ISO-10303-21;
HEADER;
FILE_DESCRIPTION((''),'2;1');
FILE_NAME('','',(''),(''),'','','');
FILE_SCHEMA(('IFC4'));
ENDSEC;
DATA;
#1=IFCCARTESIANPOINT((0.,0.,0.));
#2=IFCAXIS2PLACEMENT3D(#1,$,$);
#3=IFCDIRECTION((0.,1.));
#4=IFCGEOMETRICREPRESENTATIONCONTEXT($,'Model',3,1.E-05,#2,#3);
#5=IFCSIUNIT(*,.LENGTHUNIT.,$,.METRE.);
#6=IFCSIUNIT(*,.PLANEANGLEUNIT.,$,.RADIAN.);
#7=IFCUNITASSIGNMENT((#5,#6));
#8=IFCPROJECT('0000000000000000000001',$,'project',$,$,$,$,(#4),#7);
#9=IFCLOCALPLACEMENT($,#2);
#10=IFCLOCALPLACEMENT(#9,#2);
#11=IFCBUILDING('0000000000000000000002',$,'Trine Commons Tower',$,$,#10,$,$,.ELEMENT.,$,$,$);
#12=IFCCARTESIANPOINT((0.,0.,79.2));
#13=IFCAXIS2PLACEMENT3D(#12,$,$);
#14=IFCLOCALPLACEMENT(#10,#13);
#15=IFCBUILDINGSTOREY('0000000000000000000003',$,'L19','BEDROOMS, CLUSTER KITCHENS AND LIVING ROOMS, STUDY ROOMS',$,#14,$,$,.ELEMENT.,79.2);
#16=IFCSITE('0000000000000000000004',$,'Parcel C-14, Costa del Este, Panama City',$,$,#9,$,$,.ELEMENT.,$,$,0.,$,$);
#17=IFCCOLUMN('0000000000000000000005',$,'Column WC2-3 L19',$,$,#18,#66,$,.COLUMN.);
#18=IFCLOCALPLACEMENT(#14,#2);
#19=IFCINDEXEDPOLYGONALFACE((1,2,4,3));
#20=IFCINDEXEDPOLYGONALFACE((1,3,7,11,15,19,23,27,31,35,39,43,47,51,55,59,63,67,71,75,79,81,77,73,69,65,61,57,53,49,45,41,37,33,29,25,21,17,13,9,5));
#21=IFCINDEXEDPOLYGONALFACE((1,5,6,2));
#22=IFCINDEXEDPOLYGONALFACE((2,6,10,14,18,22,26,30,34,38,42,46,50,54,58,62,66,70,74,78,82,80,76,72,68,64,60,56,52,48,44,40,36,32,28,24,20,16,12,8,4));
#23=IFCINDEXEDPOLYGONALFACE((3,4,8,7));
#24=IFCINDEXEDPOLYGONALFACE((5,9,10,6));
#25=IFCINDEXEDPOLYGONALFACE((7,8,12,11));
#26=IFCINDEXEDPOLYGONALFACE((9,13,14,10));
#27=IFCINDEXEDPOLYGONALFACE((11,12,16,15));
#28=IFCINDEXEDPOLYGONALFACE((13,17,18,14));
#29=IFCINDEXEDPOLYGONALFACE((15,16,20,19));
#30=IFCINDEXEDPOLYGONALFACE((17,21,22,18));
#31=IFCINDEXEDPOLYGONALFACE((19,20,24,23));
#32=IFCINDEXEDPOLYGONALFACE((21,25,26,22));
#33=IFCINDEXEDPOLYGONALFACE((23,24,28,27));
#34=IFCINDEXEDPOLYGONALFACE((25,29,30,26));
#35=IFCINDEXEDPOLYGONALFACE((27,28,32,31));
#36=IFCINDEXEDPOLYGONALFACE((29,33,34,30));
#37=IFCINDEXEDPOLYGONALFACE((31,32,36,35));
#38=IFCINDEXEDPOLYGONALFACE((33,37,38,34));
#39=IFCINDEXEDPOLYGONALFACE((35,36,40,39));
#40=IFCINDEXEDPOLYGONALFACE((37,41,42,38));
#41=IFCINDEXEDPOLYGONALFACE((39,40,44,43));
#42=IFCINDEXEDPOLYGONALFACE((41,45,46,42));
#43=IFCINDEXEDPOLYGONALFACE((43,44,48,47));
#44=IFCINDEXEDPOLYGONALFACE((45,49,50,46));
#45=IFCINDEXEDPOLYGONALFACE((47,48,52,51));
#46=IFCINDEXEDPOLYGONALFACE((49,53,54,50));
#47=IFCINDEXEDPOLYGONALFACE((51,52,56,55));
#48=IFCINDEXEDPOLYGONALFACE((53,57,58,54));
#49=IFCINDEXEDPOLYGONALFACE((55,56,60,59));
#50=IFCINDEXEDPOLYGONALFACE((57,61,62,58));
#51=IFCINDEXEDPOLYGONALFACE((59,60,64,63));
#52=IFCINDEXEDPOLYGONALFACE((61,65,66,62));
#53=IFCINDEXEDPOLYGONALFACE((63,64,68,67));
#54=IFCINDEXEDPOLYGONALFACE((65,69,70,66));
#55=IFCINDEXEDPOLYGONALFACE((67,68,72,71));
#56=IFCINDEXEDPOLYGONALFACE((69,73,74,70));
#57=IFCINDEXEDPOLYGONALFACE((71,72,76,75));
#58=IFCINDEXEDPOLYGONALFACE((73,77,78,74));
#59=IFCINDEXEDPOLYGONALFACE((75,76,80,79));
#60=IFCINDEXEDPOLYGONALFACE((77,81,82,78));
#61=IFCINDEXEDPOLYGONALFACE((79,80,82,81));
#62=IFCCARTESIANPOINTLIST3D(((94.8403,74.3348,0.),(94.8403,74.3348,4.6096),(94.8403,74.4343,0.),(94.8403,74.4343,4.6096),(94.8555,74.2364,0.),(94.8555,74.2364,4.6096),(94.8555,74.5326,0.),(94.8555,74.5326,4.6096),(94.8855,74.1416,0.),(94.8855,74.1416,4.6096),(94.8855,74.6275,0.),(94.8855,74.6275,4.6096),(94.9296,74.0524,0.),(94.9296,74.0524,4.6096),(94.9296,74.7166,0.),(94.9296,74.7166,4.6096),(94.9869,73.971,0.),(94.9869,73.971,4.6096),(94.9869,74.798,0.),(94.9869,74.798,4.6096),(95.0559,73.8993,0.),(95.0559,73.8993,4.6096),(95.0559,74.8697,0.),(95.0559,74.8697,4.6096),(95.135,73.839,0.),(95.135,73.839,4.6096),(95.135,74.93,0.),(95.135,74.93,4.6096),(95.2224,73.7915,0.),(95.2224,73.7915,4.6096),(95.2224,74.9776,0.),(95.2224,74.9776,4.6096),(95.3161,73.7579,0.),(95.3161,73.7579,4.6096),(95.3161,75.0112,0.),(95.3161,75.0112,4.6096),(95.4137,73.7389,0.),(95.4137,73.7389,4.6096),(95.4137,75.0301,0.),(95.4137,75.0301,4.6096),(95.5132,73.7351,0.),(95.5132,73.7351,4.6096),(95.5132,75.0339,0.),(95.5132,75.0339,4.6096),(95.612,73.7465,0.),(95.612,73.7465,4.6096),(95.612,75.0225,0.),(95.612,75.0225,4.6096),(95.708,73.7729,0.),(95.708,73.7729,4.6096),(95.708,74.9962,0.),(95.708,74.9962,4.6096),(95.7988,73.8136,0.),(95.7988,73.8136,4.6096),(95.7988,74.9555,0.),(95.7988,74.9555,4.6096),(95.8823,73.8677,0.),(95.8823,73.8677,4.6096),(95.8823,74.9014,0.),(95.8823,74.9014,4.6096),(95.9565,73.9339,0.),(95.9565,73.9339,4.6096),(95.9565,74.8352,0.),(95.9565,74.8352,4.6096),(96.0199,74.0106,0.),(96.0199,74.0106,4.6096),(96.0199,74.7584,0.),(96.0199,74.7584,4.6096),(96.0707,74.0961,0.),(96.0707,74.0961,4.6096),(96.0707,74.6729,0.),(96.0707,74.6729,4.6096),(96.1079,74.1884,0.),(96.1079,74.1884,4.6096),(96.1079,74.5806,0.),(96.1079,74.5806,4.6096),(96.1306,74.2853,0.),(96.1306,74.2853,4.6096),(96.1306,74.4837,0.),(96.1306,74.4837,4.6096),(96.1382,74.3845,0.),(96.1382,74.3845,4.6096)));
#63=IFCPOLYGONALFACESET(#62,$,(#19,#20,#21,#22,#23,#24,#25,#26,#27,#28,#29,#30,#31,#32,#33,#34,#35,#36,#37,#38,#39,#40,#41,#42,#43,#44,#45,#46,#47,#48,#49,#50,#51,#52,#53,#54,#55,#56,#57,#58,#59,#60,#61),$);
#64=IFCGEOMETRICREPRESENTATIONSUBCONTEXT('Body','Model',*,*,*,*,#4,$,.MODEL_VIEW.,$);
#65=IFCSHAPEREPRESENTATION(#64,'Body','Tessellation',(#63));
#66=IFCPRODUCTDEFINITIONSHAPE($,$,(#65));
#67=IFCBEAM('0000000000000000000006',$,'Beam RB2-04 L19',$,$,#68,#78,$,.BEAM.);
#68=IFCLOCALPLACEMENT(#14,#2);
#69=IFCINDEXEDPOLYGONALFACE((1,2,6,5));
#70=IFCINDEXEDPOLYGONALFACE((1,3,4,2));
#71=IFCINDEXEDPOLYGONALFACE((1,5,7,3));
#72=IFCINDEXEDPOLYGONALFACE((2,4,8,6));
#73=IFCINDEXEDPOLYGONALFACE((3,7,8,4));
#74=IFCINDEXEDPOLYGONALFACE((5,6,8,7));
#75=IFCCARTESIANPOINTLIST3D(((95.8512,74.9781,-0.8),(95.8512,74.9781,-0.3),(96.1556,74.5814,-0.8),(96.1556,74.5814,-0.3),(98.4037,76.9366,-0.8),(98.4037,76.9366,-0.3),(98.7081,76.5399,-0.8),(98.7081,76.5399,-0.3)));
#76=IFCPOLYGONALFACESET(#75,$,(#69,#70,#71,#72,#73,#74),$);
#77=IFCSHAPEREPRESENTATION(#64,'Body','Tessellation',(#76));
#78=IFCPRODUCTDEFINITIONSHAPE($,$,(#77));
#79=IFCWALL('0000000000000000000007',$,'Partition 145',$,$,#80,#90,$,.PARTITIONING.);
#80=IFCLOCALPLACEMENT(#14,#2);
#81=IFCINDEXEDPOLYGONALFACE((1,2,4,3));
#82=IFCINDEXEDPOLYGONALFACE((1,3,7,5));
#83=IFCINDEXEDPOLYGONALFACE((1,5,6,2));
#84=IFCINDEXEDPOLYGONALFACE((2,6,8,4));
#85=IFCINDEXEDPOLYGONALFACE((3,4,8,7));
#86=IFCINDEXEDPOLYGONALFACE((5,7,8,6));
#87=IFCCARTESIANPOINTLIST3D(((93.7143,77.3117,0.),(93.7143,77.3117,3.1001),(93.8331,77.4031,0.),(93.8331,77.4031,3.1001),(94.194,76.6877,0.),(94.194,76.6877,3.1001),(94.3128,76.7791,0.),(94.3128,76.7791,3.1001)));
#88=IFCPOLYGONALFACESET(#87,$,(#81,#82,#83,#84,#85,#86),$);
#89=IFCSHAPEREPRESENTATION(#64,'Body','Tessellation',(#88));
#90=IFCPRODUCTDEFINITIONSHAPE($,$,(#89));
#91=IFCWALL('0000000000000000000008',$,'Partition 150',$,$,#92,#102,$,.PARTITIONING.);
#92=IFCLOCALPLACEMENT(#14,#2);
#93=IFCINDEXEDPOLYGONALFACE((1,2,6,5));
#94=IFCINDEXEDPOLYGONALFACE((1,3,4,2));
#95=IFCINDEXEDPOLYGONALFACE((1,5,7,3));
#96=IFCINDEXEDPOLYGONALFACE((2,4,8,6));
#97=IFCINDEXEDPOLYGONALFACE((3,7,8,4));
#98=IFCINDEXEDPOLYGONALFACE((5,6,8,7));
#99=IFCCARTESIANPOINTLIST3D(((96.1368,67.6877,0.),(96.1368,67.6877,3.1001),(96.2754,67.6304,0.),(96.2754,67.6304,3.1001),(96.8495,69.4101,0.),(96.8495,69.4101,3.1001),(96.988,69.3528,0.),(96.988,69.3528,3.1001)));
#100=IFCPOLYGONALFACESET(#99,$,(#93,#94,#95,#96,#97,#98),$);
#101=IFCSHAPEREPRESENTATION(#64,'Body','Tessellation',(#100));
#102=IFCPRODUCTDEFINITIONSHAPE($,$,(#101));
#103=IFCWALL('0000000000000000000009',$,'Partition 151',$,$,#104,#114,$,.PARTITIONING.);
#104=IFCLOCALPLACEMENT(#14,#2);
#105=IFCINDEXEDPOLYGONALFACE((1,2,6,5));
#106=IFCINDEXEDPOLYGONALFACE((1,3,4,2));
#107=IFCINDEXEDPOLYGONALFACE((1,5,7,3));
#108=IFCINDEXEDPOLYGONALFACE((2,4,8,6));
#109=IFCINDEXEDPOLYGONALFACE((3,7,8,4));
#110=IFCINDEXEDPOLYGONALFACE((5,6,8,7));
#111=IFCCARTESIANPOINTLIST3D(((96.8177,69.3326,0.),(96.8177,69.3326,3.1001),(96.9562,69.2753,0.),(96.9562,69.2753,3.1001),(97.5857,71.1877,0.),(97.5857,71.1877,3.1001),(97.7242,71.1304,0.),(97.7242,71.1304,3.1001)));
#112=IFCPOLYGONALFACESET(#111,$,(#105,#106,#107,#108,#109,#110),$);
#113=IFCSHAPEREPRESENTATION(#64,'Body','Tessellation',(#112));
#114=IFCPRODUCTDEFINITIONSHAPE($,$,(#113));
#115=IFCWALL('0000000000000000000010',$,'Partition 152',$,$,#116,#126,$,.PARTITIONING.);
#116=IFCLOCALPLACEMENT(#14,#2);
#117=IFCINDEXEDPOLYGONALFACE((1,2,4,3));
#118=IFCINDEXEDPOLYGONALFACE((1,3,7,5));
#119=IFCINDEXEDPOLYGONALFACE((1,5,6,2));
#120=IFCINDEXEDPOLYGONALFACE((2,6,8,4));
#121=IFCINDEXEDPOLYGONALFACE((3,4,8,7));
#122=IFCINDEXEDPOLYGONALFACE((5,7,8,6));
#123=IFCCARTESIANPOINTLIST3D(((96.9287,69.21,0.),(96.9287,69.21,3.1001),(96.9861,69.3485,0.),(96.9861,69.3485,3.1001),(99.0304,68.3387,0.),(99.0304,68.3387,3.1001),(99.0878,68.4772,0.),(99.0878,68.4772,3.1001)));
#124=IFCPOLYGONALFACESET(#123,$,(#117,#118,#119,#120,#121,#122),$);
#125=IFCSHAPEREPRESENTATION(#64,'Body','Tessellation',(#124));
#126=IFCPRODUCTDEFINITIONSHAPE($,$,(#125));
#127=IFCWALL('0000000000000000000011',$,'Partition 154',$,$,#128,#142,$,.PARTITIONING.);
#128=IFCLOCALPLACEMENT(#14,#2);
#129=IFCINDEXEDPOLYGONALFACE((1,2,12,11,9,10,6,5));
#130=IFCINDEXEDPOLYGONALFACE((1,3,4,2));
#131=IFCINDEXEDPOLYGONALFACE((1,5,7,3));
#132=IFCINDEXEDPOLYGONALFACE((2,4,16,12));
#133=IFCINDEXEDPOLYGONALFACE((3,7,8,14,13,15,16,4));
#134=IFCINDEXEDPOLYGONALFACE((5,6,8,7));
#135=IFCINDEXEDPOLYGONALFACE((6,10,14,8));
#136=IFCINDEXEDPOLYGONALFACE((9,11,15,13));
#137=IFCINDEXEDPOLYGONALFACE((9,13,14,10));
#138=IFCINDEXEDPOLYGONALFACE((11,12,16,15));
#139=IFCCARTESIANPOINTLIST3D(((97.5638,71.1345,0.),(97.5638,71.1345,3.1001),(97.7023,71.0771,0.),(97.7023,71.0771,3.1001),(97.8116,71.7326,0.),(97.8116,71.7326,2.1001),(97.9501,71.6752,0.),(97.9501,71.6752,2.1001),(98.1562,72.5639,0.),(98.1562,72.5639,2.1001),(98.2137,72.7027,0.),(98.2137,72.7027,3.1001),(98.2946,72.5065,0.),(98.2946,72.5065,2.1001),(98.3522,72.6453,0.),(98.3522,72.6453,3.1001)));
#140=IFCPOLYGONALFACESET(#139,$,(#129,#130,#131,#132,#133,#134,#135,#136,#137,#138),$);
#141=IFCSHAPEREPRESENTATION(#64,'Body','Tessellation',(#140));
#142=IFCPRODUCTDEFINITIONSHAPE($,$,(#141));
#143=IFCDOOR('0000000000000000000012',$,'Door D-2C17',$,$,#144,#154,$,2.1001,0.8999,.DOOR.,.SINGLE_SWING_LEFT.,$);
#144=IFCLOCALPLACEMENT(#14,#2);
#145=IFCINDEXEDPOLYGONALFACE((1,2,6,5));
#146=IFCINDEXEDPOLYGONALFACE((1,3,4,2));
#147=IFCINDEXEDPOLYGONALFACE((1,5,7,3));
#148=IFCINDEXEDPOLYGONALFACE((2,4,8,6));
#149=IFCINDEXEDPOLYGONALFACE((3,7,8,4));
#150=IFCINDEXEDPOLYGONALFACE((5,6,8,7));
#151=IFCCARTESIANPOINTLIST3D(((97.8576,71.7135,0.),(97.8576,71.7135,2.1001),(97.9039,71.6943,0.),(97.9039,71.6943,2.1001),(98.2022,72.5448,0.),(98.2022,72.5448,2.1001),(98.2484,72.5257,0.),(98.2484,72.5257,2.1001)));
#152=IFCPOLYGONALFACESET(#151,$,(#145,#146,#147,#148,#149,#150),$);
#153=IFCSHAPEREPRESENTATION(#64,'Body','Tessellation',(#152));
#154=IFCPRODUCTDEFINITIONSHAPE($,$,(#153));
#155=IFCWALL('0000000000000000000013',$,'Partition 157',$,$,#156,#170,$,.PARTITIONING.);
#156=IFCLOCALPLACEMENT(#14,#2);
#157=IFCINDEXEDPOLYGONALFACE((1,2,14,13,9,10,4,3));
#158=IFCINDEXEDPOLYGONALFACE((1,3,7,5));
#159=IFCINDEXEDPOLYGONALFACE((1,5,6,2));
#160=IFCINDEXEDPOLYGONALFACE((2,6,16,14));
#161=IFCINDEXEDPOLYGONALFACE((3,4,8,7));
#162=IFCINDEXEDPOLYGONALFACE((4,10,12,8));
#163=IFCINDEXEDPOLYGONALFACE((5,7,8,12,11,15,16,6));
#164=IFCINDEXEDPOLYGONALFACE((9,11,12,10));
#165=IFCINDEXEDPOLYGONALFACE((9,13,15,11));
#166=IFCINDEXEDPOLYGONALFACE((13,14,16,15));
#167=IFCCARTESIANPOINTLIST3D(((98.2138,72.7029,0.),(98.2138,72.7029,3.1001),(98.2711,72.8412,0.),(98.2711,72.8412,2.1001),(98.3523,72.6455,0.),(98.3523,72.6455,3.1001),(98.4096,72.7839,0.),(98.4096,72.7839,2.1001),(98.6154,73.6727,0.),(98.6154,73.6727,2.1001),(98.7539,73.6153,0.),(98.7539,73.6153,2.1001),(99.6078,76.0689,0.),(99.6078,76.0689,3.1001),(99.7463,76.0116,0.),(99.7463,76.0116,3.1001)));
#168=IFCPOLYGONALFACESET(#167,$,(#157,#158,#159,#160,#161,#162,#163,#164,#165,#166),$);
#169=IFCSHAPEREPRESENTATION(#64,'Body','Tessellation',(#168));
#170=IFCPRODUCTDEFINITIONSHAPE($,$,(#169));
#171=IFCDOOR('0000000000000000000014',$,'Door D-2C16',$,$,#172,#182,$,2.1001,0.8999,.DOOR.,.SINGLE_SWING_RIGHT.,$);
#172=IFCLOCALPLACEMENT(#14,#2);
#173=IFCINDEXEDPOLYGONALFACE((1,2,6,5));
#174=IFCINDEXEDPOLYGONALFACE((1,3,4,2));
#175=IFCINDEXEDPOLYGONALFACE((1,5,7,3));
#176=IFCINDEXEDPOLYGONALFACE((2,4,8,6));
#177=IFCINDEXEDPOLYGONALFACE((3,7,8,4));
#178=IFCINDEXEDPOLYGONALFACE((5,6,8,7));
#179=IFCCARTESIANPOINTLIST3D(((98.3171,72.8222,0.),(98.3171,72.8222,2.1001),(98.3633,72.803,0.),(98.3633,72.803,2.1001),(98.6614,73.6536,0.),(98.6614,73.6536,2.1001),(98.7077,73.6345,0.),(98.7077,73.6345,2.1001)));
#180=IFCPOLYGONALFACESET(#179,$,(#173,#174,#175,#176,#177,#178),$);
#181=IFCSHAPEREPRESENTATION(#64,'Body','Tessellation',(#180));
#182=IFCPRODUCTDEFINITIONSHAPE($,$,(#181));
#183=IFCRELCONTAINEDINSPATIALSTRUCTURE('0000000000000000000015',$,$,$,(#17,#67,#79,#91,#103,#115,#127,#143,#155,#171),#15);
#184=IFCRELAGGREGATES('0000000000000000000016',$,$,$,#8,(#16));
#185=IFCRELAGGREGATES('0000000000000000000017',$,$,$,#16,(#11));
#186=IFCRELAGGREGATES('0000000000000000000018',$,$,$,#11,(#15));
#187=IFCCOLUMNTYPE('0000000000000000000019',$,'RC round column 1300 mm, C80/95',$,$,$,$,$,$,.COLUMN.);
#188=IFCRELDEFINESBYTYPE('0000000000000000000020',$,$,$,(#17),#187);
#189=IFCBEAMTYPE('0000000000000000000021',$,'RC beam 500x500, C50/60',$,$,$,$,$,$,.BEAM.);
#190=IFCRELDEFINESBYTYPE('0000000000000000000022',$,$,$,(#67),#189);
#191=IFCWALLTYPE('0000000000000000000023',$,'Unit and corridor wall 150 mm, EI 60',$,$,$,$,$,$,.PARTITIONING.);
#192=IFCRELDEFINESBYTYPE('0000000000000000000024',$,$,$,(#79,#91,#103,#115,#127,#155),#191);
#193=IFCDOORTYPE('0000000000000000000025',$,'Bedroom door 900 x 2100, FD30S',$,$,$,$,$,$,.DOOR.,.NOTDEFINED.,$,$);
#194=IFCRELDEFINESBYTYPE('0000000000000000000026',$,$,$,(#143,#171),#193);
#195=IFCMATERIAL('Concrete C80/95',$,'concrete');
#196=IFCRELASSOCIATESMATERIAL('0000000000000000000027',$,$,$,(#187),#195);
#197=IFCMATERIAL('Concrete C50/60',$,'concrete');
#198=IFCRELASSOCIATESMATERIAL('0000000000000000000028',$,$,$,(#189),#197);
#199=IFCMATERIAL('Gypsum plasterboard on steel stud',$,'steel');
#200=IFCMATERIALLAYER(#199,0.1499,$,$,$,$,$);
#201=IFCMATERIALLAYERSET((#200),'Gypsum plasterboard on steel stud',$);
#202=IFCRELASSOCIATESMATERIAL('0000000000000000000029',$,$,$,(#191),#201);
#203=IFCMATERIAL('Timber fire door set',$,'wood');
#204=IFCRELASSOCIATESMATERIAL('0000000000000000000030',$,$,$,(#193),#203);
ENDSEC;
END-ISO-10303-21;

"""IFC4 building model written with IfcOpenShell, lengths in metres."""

from ifc_helpers import new_model, si_unit, direction, frame, frame_2d, origin, origin_2d, place, context, subcontext, project, spatial, rectangle, circle, extrude, material, layer, layer_set, material_profile, profile_set, type_object, element, fill, save


model = new_model("IFC4")

# Units and contexts
model_context = context("Model", 3, precision=1e-05, world=origin(), true_north=direction((0.0, 1.0)))
body_context = subcontext(model_context, "Body", "Model", "MODEL_VIEW")
ifc_project = project(units=[si_unit("LENGTHUNIT", "METRE"), si_unit("PLANEANGLEUNIT", "RADIAN")], contexts=[model_context])

# Site, building, storey
site_placement = place(None, origin())
site = spatial("IfcSite", under=ifc_project, at=site_placement, Name="Parcel C-14, Costa del Este, Panama City", CompositionType="ELEMENT", RefElevation=0.0)
building_placement = place(site_placement, origin())
building = spatial("IfcBuilding", under=site, at=building_placement, Name="Trine Commons Tower", CompositionType="ELEMENT")
storey_placement = place(building_placement, frame((0.0, 0.0, 79.2)))
storey = spatial("IfcBuildingStorey", under=building, at=storey_placement, Name="L19", Description="BEDROOMS, CLUSTER KITCHENS AND LIVING ROOMS, STUDY ROOMS", CompositionType="ELEMENT", Elevation=79.2)

# Column
ifc_material_1 = material(Name="Concrete C80/95", Category="concrete")
ifc_material_profile_1 = material_profile(ifc_material_1, circle(Radius=0.6499, at=origin_2d()), Name="RC round 1300")
ifc_profile_set_1 = profile_set([ifc_material_profile_1], Name="Concrete C80/95")
column_type = type_object("IfcColumnType", Name="RC round column 1300 mm, C80/95", PredefinedType="COLUMN", material=ifc_profile_set_1)
column_placement = place(storey_placement, frame((95.4883, 74.3845, 0.0), z_axis=(0.0, 0.0, 1.0), x_axis=(1.0, 0.0, 0.0)))
element("IfcColumn", 1, at=column_placement, inside=storey, type_object=column_type, Name="Column WC2-3 L19", PredefinedType="COLUMN", context=body_context, shape_type="SweptSolid", body=[
    extrude(circle(Radius=0.6499, at=origin_2d()), origin(), (0.0, 0.0, 1.0), 4.6096),
])

# Beam
ifc_material_2 = material(Name="Concrete C50/60", Category="concrete")
ifc_material_profile_2 = material_profile(ifc_material_2, rectangle(XDim=0.5, YDim=0.5, at=origin_2d()), Name="RC 500x500")
ifc_profile_set_2 = profile_set([ifc_material_profile_2], Name="Concrete C50/60")
beam_type = type_object("IfcBeamType", Name="RC beam 500x500, C50/60", PredefinedType="BEAM", material=ifc_profile_set_2)
beam_placement = place(storey_placement, frame((96.0034, 74.7798, -0.55), z_axis=(0.793368, 0.608742, 0.0), x_axis=(-0.608742, 0.793368, 0.0)))
element("IfcBeam", 2, at=beam_placement, inside=storey, type_object=beam_type, Name="Beam RB2-04 L19", PredefinedType="BEAM", context=body_context, shape_type="SweptSolid", body=[
    extrude(rectangle(XDim=0.5, YDim=0.5, at=origin_2d()), origin(), (0.0, 0.0, 1.0), 3.2173),
])

# Walls
ifc_material_3 = material(Name="Gypsum plasterboard on steel stud", Category="steel")
ifc_layer_1 = layer(ifc_material_3, 0.1499)
ifc_layer_set_1 = layer_set([ifc_layer_1], Name="Gypsum plasterboard on steel stud")
wall_type_1 = type_object("IfcWallType", Name="Unit and corridor wall 150 mm, EI 60", PredefinedType="PARTITIONING", material=ifc_layer_set_1)
wall_1_placement = place(storey_placement, frame((93.7737, 77.3574, 0.0), z_axis=(0.0, 0.0, 1.0), x_axis=(0.609486, -0.792797, 0.0)))
element("IfcWall", 3, at=wall_1_placement, inside=storey, type_object=wall_type_1, Name="Partition 145", PredefinedType="PARTITIONING", context=body_context, shape_type="SweptSolid", body=[
    extrude(rectangle(XDim=0.7871, YDim=0.1499, at=frame_2d((0.3936, 0.0))), origin(), (0.0, 0.0, 1.0), 3.1001),
])
wall_2_placement = place(storey_placement, frame((96.2061, 67.6589, 0.0), z_axis=(0.0, 0.0, 1.0), x_axis=(0.382317, 0.924031, 0.0)))
element("IfcWall", 4, at=wall_2_placement, inside=storey, type_object=wall_type_1, Name="Partition 150", PredefinedType="PARTITIONING", context=body_context, shape_type="SweptSolid", body=[
    extrude(rectangle(XDim=1.864, YDim=0.1499, at=frame_2d((0.9321, 0.0))), origin(), (0.0, 0.0, 1.0), 3.1001),
])
wall_3_placement = place(storey_placement, frame((96.887, 69.304, 0.0), z_axis=(0.0, 0.0, 1.0), x_axis=(0.382516, 0.923949, 0.0)))
element("IfcWall", 5, at=wall_3_placement, inside=storey, type_object=wall_type_1, Name="Partition 151", PredefinedType="PARTITIONING", context=body_context, shape_type="SweptSolid", body=[
    extrude(rectangle(XDim=2.0078, YDim=0.1499, at=frame_2d((1.0039, 0.0))), origin(), (0.0, 0.0, 1.0), 3.1001),
])
wall_4_placement = place(storey_placement, frame((96.9573, 69.2793, 0.0), z_axis=(0.0, 0.0, 1.0), x_axis=(0.923764, -0.382961, 0.0)))
element("IfcWall", 6, at=wall_4_placement, inside=storey, type_object=wall_type_1, Name="Partition 152", PredefinedType="PARTITIONING", context=body_context, shape_type="SweptSolid", body=[
    extrude(rectangle(XDim=2.2751, YDim=0.1499, at=frame_2d((1.1377, 0.0))), origin(), (0.0, 0.0, 1.0), 3.1001),
])

# Walls, openings, doors
wall_5_placement = place(storey_placement, frame((97.6331, 71.106, 0.0), z_axis=(0.0, 0.0, 1.0), x_axis=(0.382868, 0.923803, 0.0)))
wall_5 = element("IfcWall", 7, at=wall_5_placement, inside=storey, type_object=wall_type_1, Name="Partition 154", PredefinedType="PARTITIONING", context=body_context, shape_type="SweptSolid", body=[
    extrude(rectangle(XDim=1.6975, YDim=0.1499, at=frame_2d((0.8486, 0.0))), origin(), (0.0, 0.0, 1.0), 3.1001),
])
opening_1_placement = place(wall_5_placement, frame((0.6472, 0.0, 0.0)))
opening_1 = element("IfcOpeningElement", 8, at=opening_1_placement, cuts=wall_5, PredefinedType="OPENING", context=body_context, shape_type="SweptSolid", body=[
    extrude(rectangle(XDim=0.8999, YDim=2.1001, at=frame_2d((0.45, 1.05))), frame((0.0, 0.085, 0.0), z_axis=(0.0, -1.0, 0.0), x_axis=(1.0, 0.0, 0.0)), (0.0, 0.0, 1.0), 0.1699),
])
ifc_material_4 = material(Name="Timber fire door set", Category="wood")
door_type_1 = type_object("IfcDoorType", Name="Bedroom door 900 x 2100, FD30S", OperationType="NOTDEFINED", PredefinedType="DOOR", material=ifc_material_4)
door_1_placement = place(opening_1_placement, frame((0.8999, 0.0, 0.0), z_axis=(0.0, 0.0, 1.0), x_axis=(-1.0, 0.0, 0.0)))
door_1 = element("IfcDoor", 9, at=door_1_placement, inside=storey, type_object=door_type_1, Name="Door D-2C17", OperationType="SINGLE_SWING_LEFT", OverallHeight=2.1001, OverallWidth=0.8999, PredefinedType="DOOR", context=body_context, shape_type="SweptSolid", body=[
    extrude(rectangle(XDim=0.8999, YDim=2.1001, at=frame_2d((0.45, 1.05))), frame((0.0, 0.0249, 0.0), z_axis=(0.0, -1.0, 0.0), x_axis=(1.0, 0.0, 0.0)), (0.0, 0.0, 1.0), 0.05),
])
fill(opening_1, door_1)
wall_6_placement = place(storey_placement, frame((98.283, 72.6741, 0.0), z_axis=(0.0, 0.0, 1.0), x_axis=(0.38264, 0.923898, 0.0)))
wall_6 = element("IfcWall", 10, at=wall_6_placement, inside=storey, type_object=wall_type_1, Name="Partition 157", PredefinedType="PARTITIONING", context=body_context, shape_type="SweptSolid", body=[
    extrude(rectangle(XDim=3.6433, YDim=0.1499, at=frame_2d((1.8218, 0.0))), origin(), (0.0, 0.0, 1.0), 3.1001),
])
opening_2_placement = place(wall_6_placement, frame((0.1499, 0.0, 0.0)))
opening_2 = element("IfcOpeningElement", 11, at=opening_2_placement, cuts=wall_6, PredefinedType="OPENING", context=body_context, shape_type="SweptSolid", body=[
    extrude(rectangle(XDim=0.8999, YDim=2.1001, at=frame_2d((0.45, 1.05))), frame((0.0, 0.085, 0.0), z_axis=(0.0, -1.0, 0.0), x_axis=(1.0, 0.0, 0.0)), (0.0, 0.0, 1.0), 0.1699),
])
door_2_placement = place(opening_2_placement, frame((0.8999, 0.0, 0.0), z_axis=(0.0, 0.0, 1.0), x_axis=(-1.0, 0.0, 0.0)))
door_2 = element("IfcDoor", 12, at=door_2_placement, inside=storey, type_object=door_type_1, Name="Door D-2C16", OperationType="SINGLE_SWING_RIGHT", OverallHeight=2.1001, OverallWidth=0.8999, PredefinedType="DOOR", context=body_context, shape_type="SweptSolid", body=[
    extrude(rectangle(XDim=0.8999, YDim=2.1001, at=frame_2d((0.45, 1.05))), frame((0.0, 0.0249, 0.0), z_axis=(0.0, -1.0, 0.0), x_axis=(1.0, 0.0, 0.0)), (0.0, 0.0, 1.0), 0.05),
])
fill(opening_2, door_2)

save(model, "model.ifc")
